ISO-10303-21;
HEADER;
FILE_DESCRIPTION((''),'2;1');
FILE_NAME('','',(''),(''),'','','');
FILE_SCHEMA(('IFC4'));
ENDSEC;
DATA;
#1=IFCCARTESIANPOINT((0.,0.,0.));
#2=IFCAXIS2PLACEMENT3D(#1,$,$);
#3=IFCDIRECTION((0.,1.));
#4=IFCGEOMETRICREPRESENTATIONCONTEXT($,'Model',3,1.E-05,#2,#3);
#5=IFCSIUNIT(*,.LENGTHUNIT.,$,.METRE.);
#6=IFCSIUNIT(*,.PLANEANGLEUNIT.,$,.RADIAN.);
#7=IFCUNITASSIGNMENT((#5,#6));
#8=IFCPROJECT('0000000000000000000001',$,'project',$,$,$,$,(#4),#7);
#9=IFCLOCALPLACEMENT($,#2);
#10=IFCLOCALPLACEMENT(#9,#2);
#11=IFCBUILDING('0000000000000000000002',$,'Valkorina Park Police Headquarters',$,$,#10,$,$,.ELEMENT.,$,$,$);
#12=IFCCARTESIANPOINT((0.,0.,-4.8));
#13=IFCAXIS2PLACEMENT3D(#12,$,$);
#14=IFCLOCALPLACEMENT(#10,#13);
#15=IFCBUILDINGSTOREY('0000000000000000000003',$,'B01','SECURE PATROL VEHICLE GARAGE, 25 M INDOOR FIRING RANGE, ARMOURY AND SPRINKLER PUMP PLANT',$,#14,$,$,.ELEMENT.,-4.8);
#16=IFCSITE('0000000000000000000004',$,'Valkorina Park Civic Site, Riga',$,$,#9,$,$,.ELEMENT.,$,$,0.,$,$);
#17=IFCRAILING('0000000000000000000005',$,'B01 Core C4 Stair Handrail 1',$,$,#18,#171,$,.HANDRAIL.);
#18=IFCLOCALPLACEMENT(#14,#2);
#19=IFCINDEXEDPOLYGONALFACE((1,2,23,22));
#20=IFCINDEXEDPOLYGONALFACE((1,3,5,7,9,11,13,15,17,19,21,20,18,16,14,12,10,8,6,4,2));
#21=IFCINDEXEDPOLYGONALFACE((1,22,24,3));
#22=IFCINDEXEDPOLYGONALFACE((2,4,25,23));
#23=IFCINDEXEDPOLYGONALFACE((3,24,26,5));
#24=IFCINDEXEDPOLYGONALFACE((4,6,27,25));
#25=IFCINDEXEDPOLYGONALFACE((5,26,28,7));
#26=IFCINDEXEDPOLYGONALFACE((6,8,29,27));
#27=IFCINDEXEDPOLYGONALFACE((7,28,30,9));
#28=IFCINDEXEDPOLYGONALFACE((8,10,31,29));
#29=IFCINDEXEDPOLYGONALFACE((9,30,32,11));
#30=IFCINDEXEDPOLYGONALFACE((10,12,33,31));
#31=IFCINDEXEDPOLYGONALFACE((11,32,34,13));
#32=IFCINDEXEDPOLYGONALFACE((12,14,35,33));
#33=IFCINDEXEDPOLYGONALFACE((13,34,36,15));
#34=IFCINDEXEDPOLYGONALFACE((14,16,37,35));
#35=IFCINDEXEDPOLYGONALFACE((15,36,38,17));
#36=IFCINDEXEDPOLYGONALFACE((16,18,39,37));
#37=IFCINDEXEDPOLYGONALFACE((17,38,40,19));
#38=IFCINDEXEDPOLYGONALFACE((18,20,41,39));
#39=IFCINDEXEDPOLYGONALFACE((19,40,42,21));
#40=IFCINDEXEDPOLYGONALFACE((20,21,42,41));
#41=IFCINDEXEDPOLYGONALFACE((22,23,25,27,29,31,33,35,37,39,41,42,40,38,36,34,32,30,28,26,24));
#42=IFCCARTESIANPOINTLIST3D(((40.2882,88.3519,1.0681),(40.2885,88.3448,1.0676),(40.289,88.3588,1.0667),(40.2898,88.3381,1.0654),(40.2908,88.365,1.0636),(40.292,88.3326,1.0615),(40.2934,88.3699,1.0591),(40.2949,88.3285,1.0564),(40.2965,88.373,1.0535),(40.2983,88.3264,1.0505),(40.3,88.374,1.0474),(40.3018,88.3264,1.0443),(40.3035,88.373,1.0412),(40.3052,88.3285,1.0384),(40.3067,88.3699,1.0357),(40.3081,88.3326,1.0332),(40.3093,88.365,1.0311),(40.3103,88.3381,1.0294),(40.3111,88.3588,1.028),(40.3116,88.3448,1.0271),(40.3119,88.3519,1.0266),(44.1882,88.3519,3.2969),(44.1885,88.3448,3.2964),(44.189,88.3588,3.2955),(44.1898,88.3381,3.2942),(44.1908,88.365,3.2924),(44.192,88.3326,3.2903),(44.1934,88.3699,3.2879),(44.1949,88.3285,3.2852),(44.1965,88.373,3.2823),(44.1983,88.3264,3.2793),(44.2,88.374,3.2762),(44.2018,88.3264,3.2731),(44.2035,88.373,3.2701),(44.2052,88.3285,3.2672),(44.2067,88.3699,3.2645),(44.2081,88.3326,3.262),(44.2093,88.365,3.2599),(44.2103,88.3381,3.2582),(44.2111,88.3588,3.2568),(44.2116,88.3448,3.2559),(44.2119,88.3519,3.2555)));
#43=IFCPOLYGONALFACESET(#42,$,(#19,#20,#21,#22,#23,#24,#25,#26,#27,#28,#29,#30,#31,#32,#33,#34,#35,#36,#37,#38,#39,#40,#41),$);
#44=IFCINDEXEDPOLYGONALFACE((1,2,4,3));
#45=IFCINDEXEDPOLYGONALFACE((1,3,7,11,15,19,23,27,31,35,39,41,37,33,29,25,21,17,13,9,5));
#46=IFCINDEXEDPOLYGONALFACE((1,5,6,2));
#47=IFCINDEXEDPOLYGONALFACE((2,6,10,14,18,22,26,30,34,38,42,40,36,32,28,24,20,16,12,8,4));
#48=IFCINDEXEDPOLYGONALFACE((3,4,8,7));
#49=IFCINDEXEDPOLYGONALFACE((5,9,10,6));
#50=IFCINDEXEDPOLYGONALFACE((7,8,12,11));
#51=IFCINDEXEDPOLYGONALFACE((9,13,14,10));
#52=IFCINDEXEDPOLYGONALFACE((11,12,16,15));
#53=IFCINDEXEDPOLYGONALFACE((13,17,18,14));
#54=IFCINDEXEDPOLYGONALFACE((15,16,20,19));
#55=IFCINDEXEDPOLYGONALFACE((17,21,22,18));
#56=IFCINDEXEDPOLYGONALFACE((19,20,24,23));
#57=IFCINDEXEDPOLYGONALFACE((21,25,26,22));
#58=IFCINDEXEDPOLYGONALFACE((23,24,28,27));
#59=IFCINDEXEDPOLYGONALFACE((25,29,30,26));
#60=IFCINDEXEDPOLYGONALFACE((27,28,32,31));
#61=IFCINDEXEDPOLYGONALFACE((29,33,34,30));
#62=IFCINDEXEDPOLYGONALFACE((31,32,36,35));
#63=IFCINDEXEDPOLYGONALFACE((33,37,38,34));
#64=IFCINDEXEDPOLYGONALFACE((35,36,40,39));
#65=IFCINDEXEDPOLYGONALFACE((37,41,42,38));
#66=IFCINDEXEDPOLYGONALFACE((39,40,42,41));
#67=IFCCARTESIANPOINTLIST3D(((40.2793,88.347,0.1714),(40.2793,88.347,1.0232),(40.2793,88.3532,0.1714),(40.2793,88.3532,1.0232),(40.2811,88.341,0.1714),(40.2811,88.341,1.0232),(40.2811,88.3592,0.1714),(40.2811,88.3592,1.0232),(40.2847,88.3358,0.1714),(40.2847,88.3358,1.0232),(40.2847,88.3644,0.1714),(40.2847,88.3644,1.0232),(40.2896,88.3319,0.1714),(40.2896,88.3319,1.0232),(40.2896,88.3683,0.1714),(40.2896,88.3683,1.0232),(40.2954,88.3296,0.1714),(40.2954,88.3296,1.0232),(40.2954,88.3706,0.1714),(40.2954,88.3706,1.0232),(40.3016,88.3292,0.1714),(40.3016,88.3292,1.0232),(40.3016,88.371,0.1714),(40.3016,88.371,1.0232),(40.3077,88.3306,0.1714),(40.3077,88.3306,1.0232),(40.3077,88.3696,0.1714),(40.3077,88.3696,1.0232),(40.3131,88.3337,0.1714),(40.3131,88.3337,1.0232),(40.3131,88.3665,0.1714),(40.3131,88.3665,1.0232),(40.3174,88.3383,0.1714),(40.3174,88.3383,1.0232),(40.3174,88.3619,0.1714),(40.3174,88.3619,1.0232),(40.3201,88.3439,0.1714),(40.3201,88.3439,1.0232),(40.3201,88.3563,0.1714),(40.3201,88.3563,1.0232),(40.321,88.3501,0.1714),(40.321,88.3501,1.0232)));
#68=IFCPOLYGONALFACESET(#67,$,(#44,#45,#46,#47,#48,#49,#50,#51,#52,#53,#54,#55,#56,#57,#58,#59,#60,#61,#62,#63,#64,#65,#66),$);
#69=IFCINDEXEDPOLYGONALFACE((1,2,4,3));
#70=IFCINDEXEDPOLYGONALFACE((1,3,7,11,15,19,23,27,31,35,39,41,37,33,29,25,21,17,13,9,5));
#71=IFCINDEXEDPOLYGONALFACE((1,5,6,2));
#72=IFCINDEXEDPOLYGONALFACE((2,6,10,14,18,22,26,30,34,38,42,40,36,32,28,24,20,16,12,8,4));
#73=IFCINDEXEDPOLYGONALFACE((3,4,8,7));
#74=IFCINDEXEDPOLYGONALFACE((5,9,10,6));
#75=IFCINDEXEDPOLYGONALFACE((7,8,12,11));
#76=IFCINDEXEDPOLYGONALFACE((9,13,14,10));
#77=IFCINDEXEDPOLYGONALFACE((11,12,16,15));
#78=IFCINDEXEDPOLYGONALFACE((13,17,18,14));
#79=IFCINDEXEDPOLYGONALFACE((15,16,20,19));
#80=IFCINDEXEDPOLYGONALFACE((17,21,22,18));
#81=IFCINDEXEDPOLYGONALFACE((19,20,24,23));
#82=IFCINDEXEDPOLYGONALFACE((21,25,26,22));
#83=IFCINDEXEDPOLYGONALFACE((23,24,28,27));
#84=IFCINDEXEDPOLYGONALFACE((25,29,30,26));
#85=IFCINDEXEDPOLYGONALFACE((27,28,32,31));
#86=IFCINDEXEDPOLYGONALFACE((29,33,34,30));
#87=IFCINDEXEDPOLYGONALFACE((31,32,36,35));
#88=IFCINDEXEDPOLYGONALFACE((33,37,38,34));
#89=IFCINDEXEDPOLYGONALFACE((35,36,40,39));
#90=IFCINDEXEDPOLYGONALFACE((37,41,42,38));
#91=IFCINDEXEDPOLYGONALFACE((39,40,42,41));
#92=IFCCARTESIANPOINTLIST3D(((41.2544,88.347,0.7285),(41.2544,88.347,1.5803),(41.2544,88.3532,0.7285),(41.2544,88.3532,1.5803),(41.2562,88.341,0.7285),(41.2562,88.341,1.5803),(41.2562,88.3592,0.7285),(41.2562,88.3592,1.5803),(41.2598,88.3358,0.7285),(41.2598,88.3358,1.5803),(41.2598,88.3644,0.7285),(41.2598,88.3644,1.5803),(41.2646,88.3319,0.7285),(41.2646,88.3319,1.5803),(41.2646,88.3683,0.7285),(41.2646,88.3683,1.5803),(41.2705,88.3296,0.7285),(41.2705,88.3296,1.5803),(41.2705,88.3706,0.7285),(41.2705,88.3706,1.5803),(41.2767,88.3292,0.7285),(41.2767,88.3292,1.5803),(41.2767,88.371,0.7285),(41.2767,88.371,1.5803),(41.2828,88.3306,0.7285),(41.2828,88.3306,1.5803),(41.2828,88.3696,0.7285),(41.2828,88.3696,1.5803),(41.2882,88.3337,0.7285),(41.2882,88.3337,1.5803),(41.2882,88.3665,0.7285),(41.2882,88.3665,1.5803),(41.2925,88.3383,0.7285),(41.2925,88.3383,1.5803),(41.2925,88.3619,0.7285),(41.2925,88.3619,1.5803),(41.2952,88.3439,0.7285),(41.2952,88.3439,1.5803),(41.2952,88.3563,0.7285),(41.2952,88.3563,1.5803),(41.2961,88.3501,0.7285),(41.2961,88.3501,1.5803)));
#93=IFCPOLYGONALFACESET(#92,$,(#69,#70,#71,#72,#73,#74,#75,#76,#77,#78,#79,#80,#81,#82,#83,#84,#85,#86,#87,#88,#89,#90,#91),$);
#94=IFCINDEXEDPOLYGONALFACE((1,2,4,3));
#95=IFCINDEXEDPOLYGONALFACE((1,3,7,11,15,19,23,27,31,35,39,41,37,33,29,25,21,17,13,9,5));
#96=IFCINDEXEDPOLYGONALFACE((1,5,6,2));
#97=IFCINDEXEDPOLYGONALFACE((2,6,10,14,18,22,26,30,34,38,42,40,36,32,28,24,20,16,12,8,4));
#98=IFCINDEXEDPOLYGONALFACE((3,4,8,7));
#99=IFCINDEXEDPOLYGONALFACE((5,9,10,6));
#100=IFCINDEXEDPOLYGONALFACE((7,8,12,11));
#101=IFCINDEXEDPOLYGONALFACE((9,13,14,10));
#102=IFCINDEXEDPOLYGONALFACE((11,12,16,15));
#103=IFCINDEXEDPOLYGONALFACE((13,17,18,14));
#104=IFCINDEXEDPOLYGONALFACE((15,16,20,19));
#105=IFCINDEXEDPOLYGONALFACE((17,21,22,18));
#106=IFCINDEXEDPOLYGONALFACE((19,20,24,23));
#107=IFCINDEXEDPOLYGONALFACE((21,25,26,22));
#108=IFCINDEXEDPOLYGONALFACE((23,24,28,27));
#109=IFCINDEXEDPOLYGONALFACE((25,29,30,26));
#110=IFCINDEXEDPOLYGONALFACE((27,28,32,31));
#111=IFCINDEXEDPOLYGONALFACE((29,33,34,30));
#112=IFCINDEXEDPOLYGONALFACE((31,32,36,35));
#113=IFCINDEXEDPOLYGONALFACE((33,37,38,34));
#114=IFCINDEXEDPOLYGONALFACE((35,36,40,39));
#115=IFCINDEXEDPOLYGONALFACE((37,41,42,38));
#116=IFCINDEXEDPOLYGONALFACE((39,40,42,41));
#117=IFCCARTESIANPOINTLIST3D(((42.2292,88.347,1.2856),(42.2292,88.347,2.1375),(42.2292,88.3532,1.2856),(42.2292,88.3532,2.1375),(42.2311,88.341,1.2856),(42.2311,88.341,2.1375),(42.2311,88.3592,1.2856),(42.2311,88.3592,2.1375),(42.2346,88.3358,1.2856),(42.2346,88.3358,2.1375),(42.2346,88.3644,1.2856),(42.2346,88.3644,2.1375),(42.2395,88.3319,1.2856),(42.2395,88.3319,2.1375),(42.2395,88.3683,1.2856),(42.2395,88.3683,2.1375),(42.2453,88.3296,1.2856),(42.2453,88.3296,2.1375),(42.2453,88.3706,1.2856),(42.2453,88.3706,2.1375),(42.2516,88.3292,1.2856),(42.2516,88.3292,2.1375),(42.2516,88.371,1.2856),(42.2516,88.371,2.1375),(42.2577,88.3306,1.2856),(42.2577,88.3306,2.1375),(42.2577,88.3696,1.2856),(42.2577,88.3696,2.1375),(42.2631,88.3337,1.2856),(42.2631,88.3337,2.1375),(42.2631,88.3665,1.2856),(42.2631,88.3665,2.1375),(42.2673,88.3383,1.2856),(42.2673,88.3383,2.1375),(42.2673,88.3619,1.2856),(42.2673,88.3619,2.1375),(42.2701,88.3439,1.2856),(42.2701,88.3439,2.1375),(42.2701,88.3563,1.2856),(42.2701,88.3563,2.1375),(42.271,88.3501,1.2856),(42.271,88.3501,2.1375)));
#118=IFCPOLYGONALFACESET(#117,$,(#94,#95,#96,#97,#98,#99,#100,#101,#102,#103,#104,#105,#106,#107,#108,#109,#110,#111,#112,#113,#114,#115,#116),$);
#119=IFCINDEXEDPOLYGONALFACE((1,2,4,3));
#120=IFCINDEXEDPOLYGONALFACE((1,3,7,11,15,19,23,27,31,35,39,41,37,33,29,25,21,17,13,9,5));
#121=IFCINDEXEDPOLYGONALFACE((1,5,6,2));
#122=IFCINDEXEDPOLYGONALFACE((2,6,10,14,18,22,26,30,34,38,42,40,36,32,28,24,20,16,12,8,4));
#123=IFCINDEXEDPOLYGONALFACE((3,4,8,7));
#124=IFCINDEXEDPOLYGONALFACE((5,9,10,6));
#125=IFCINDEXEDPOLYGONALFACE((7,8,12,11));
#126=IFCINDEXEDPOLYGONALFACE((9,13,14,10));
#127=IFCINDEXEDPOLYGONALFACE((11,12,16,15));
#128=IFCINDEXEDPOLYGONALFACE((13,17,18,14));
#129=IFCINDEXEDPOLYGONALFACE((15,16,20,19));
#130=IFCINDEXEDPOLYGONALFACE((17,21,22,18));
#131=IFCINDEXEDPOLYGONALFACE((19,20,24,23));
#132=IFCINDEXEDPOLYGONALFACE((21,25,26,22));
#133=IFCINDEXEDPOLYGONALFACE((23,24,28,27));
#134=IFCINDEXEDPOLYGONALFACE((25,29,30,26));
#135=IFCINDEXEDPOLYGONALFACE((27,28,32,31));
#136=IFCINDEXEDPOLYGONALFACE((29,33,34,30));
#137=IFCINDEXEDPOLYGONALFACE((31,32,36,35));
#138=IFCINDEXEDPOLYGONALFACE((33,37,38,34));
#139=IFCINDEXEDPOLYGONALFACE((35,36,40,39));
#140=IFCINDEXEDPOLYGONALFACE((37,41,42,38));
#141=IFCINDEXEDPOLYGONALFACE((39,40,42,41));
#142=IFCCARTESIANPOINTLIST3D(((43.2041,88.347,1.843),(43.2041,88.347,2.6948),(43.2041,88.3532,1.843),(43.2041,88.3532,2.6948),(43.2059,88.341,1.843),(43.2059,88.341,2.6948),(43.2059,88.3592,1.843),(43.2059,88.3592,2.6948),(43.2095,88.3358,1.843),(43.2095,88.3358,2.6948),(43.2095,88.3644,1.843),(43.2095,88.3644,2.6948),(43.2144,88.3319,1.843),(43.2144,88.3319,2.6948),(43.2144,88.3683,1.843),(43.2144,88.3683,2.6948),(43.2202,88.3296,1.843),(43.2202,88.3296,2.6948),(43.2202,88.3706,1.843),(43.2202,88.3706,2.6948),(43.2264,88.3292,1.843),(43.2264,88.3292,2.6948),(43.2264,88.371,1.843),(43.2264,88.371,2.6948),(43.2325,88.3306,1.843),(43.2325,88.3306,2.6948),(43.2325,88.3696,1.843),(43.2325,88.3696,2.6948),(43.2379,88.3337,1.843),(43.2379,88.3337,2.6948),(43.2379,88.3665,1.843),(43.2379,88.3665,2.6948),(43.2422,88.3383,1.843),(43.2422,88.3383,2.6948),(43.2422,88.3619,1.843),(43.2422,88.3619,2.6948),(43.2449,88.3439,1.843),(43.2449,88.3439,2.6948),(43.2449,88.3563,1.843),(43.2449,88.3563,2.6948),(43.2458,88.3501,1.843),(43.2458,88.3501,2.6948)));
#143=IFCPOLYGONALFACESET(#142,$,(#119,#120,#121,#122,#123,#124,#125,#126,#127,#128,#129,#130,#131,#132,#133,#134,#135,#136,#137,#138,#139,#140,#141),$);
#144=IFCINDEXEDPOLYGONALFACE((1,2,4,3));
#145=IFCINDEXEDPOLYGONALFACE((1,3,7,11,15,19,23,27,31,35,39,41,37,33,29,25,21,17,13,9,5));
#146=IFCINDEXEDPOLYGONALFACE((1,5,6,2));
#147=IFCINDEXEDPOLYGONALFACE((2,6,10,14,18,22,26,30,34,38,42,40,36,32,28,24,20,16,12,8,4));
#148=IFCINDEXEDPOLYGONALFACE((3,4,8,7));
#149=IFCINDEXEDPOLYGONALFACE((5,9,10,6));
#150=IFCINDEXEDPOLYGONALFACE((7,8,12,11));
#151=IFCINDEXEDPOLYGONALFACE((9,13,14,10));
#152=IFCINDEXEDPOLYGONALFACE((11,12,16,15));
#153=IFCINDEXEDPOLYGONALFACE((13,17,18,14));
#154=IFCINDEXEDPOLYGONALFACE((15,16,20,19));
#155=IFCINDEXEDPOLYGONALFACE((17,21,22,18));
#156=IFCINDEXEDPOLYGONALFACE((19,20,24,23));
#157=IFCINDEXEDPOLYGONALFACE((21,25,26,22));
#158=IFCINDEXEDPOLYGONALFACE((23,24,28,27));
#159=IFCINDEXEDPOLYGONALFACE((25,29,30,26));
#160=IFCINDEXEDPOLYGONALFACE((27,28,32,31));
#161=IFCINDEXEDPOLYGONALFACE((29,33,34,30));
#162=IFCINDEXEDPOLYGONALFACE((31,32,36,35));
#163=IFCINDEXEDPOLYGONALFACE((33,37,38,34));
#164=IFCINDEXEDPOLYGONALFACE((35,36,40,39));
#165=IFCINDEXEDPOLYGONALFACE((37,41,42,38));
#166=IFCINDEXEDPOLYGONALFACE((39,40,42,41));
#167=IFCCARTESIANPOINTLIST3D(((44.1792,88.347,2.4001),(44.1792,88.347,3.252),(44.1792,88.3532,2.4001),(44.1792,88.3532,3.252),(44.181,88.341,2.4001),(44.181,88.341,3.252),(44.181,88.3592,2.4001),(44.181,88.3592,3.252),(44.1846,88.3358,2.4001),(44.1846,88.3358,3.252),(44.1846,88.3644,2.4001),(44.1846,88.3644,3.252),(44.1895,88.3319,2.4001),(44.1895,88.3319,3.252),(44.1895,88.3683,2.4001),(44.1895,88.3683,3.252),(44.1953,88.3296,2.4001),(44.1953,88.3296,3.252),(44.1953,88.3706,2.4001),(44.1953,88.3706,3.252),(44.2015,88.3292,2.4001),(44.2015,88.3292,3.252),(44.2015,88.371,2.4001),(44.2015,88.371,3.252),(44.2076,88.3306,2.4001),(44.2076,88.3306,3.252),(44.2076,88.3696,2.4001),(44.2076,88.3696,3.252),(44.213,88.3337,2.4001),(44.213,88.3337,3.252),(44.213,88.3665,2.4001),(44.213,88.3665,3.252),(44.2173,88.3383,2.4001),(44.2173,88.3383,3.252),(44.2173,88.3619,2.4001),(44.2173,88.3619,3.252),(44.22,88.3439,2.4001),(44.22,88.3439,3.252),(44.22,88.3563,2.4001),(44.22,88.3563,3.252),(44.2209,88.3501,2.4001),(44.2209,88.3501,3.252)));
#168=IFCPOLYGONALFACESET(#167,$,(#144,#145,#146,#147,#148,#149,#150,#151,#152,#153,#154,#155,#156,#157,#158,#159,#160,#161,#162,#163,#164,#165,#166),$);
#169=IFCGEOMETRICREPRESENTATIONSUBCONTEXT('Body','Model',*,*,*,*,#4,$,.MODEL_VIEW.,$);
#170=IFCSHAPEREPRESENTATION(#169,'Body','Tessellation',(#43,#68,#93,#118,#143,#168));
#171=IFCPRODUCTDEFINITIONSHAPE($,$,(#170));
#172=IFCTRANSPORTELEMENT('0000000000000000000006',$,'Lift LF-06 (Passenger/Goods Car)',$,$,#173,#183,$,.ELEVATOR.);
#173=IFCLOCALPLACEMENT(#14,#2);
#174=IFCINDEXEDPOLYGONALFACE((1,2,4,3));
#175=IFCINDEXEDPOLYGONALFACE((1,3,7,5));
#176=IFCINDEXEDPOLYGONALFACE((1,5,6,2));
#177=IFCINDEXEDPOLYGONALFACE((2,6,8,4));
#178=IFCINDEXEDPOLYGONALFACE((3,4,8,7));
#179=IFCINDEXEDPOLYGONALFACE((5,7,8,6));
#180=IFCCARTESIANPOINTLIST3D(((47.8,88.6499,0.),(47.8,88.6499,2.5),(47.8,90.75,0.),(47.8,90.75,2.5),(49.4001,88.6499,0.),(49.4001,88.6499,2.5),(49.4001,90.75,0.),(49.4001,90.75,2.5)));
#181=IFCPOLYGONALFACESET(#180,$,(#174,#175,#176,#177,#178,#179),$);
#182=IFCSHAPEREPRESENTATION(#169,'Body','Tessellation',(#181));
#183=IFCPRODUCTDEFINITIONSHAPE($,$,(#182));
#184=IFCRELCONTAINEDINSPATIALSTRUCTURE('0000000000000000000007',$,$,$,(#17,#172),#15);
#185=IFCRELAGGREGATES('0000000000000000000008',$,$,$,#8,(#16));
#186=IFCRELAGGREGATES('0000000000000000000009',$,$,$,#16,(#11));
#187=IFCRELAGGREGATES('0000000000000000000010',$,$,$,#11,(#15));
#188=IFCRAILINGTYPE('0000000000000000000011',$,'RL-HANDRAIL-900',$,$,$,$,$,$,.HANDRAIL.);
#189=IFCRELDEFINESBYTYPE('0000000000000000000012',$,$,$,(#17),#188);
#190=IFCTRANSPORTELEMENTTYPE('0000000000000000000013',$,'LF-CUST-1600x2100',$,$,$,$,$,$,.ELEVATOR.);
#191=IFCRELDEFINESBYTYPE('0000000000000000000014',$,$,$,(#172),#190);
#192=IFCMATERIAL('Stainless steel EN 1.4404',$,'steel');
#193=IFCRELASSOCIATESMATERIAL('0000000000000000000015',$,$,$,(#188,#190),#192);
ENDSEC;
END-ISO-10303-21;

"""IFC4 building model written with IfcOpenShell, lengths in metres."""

from ifc_helpers import new_model, si_unit, direction, frame, origin, origin_2d, place, context, subcontext, project, spatial, rectangle, circle, extrude, material, type_object, element, save


model = new_model("IFC4")

# Units and contexts
model_context = context("Model", 3, precision=1e-05, world=origin(), true_north=direction((0.0, 1.0)))
body_context = subcontext(model_context, "Body", "Model", "MODEL_VIEW")
ifc_project = project(units=[si_unit("LENGTHUNIT", "METRE"), si_unit("PLANEANGLEUNIT", "RADIAN")], contexts=[model_context])

# Site, building, storey
site_placement = place(None, origin())
site = spatial("IfcSite", under=ifc_project, at=site_placement, Name="Valkorina Park Civic Site, Riga", CompositionType="ELEMENT", RefElevation=0.0)
building_placement = place(site_placement, origin())
building = spatial("IfcBuilding", under=site, at=building_placement, Name="Valkorina Park Police Headquarters", CompositionType="ELEMENT")
storey_placement = place(building_placement, frame((0.0, 0.0, -4.8)))
storey = spatial("IfcBuildingStorey", under=building, at=storey_placement, Name="B01", Description="SECURE PATROL VEHICLE GARAGE, 25 M INDOOR FIRING RANGE, ARMOURY AND SPRINKLER PUMP PLANT", CompositionType="ELEMENT", Elevation=-4.8)

# Railing
ifc_material_1 = material(Name="Stainless steel EN 1.4404", Category="steel")
railing_type_1 = type_object("IfcRailingType", Name="RL-HANDRAIL-900", PredefinedType="HANDRAIL", material=ifc_material_1)
railing_1_placement = place(storey_placement, frame((40.3, 88.3501, 0.1714)))
element("IfcRailing", 1, at=railing_1_placement, inside=storey, type_object=railing_type_1, Name="B01 Core C4 Stair Handrail 1", PredefinedType="HANDRAIL", context=body_context, shape_type="SweptSolid", body=[
    extrude(circle(Radius=0.0239, at=origin_2d()), frame((0.0, 0.0, 0.876), z_axis=(0.86822, 0.0, 0.49618), x_axis=(0.0, 1.0, 0.0)), (0.0, 0.0, 1.0), 4.4919),
    extrude(circle(Radius=0.021, at=origin_2d()), origin(), (0.0, 0.0, 1.0), 0.8518),
    extrude(circle(Radius=0.021, at=origin_2d()), frame((0.9751, 0.0, 0.5571)), (0.0, 0.0, 1.0), 0.8518),
    extrude(circle(Radius=0.021, at=origin_2d()), frame((1.95, 0.0, 1.1143)), (0.0, 0.0, 1.0), 0.8518),
    extrude(circle(Radius=0.021, at=origin_2d()), frame((2.9248, 0.0, 1.6716)), (0.0, 0.0, 1.0), 0.8518),
    extrude(circle(Radius=0.021, at=origin_2d()), frame((3.8999, 0.0, 2.2288)), (0.0, 0.0, 1.0), 0.8518),
])

# Transport element
transport_element_type = type_object("IfcTransportElementType", Name="LF-CUST-1600x2100", PredefinedType="ELEVATOR", material=ifc_material_1)
transport_element_placement = place(storey_placement, frame((48.6001, 89.7, 0.0), z_axis=(0.0, 0.0, 1.0), x_axis=(1.0, 0.0, 0.0)))
element("IfcTransportElement", 2, at=transport_element_placement, inside=storey, type_object=transport_element_type, Name="Lift LF-06 (Passenger/Goods Car)", PredefinedType="ELEVATOR", context=body_context, shape_type="SweptSolid", body=[
    extrude(rectangle(XDim=1.6001, YDim=2.1001, at=origin_2d()), origin(), (0.0, 0.0, 1.0), 2.5),
])

save(model, "model.ifc")
